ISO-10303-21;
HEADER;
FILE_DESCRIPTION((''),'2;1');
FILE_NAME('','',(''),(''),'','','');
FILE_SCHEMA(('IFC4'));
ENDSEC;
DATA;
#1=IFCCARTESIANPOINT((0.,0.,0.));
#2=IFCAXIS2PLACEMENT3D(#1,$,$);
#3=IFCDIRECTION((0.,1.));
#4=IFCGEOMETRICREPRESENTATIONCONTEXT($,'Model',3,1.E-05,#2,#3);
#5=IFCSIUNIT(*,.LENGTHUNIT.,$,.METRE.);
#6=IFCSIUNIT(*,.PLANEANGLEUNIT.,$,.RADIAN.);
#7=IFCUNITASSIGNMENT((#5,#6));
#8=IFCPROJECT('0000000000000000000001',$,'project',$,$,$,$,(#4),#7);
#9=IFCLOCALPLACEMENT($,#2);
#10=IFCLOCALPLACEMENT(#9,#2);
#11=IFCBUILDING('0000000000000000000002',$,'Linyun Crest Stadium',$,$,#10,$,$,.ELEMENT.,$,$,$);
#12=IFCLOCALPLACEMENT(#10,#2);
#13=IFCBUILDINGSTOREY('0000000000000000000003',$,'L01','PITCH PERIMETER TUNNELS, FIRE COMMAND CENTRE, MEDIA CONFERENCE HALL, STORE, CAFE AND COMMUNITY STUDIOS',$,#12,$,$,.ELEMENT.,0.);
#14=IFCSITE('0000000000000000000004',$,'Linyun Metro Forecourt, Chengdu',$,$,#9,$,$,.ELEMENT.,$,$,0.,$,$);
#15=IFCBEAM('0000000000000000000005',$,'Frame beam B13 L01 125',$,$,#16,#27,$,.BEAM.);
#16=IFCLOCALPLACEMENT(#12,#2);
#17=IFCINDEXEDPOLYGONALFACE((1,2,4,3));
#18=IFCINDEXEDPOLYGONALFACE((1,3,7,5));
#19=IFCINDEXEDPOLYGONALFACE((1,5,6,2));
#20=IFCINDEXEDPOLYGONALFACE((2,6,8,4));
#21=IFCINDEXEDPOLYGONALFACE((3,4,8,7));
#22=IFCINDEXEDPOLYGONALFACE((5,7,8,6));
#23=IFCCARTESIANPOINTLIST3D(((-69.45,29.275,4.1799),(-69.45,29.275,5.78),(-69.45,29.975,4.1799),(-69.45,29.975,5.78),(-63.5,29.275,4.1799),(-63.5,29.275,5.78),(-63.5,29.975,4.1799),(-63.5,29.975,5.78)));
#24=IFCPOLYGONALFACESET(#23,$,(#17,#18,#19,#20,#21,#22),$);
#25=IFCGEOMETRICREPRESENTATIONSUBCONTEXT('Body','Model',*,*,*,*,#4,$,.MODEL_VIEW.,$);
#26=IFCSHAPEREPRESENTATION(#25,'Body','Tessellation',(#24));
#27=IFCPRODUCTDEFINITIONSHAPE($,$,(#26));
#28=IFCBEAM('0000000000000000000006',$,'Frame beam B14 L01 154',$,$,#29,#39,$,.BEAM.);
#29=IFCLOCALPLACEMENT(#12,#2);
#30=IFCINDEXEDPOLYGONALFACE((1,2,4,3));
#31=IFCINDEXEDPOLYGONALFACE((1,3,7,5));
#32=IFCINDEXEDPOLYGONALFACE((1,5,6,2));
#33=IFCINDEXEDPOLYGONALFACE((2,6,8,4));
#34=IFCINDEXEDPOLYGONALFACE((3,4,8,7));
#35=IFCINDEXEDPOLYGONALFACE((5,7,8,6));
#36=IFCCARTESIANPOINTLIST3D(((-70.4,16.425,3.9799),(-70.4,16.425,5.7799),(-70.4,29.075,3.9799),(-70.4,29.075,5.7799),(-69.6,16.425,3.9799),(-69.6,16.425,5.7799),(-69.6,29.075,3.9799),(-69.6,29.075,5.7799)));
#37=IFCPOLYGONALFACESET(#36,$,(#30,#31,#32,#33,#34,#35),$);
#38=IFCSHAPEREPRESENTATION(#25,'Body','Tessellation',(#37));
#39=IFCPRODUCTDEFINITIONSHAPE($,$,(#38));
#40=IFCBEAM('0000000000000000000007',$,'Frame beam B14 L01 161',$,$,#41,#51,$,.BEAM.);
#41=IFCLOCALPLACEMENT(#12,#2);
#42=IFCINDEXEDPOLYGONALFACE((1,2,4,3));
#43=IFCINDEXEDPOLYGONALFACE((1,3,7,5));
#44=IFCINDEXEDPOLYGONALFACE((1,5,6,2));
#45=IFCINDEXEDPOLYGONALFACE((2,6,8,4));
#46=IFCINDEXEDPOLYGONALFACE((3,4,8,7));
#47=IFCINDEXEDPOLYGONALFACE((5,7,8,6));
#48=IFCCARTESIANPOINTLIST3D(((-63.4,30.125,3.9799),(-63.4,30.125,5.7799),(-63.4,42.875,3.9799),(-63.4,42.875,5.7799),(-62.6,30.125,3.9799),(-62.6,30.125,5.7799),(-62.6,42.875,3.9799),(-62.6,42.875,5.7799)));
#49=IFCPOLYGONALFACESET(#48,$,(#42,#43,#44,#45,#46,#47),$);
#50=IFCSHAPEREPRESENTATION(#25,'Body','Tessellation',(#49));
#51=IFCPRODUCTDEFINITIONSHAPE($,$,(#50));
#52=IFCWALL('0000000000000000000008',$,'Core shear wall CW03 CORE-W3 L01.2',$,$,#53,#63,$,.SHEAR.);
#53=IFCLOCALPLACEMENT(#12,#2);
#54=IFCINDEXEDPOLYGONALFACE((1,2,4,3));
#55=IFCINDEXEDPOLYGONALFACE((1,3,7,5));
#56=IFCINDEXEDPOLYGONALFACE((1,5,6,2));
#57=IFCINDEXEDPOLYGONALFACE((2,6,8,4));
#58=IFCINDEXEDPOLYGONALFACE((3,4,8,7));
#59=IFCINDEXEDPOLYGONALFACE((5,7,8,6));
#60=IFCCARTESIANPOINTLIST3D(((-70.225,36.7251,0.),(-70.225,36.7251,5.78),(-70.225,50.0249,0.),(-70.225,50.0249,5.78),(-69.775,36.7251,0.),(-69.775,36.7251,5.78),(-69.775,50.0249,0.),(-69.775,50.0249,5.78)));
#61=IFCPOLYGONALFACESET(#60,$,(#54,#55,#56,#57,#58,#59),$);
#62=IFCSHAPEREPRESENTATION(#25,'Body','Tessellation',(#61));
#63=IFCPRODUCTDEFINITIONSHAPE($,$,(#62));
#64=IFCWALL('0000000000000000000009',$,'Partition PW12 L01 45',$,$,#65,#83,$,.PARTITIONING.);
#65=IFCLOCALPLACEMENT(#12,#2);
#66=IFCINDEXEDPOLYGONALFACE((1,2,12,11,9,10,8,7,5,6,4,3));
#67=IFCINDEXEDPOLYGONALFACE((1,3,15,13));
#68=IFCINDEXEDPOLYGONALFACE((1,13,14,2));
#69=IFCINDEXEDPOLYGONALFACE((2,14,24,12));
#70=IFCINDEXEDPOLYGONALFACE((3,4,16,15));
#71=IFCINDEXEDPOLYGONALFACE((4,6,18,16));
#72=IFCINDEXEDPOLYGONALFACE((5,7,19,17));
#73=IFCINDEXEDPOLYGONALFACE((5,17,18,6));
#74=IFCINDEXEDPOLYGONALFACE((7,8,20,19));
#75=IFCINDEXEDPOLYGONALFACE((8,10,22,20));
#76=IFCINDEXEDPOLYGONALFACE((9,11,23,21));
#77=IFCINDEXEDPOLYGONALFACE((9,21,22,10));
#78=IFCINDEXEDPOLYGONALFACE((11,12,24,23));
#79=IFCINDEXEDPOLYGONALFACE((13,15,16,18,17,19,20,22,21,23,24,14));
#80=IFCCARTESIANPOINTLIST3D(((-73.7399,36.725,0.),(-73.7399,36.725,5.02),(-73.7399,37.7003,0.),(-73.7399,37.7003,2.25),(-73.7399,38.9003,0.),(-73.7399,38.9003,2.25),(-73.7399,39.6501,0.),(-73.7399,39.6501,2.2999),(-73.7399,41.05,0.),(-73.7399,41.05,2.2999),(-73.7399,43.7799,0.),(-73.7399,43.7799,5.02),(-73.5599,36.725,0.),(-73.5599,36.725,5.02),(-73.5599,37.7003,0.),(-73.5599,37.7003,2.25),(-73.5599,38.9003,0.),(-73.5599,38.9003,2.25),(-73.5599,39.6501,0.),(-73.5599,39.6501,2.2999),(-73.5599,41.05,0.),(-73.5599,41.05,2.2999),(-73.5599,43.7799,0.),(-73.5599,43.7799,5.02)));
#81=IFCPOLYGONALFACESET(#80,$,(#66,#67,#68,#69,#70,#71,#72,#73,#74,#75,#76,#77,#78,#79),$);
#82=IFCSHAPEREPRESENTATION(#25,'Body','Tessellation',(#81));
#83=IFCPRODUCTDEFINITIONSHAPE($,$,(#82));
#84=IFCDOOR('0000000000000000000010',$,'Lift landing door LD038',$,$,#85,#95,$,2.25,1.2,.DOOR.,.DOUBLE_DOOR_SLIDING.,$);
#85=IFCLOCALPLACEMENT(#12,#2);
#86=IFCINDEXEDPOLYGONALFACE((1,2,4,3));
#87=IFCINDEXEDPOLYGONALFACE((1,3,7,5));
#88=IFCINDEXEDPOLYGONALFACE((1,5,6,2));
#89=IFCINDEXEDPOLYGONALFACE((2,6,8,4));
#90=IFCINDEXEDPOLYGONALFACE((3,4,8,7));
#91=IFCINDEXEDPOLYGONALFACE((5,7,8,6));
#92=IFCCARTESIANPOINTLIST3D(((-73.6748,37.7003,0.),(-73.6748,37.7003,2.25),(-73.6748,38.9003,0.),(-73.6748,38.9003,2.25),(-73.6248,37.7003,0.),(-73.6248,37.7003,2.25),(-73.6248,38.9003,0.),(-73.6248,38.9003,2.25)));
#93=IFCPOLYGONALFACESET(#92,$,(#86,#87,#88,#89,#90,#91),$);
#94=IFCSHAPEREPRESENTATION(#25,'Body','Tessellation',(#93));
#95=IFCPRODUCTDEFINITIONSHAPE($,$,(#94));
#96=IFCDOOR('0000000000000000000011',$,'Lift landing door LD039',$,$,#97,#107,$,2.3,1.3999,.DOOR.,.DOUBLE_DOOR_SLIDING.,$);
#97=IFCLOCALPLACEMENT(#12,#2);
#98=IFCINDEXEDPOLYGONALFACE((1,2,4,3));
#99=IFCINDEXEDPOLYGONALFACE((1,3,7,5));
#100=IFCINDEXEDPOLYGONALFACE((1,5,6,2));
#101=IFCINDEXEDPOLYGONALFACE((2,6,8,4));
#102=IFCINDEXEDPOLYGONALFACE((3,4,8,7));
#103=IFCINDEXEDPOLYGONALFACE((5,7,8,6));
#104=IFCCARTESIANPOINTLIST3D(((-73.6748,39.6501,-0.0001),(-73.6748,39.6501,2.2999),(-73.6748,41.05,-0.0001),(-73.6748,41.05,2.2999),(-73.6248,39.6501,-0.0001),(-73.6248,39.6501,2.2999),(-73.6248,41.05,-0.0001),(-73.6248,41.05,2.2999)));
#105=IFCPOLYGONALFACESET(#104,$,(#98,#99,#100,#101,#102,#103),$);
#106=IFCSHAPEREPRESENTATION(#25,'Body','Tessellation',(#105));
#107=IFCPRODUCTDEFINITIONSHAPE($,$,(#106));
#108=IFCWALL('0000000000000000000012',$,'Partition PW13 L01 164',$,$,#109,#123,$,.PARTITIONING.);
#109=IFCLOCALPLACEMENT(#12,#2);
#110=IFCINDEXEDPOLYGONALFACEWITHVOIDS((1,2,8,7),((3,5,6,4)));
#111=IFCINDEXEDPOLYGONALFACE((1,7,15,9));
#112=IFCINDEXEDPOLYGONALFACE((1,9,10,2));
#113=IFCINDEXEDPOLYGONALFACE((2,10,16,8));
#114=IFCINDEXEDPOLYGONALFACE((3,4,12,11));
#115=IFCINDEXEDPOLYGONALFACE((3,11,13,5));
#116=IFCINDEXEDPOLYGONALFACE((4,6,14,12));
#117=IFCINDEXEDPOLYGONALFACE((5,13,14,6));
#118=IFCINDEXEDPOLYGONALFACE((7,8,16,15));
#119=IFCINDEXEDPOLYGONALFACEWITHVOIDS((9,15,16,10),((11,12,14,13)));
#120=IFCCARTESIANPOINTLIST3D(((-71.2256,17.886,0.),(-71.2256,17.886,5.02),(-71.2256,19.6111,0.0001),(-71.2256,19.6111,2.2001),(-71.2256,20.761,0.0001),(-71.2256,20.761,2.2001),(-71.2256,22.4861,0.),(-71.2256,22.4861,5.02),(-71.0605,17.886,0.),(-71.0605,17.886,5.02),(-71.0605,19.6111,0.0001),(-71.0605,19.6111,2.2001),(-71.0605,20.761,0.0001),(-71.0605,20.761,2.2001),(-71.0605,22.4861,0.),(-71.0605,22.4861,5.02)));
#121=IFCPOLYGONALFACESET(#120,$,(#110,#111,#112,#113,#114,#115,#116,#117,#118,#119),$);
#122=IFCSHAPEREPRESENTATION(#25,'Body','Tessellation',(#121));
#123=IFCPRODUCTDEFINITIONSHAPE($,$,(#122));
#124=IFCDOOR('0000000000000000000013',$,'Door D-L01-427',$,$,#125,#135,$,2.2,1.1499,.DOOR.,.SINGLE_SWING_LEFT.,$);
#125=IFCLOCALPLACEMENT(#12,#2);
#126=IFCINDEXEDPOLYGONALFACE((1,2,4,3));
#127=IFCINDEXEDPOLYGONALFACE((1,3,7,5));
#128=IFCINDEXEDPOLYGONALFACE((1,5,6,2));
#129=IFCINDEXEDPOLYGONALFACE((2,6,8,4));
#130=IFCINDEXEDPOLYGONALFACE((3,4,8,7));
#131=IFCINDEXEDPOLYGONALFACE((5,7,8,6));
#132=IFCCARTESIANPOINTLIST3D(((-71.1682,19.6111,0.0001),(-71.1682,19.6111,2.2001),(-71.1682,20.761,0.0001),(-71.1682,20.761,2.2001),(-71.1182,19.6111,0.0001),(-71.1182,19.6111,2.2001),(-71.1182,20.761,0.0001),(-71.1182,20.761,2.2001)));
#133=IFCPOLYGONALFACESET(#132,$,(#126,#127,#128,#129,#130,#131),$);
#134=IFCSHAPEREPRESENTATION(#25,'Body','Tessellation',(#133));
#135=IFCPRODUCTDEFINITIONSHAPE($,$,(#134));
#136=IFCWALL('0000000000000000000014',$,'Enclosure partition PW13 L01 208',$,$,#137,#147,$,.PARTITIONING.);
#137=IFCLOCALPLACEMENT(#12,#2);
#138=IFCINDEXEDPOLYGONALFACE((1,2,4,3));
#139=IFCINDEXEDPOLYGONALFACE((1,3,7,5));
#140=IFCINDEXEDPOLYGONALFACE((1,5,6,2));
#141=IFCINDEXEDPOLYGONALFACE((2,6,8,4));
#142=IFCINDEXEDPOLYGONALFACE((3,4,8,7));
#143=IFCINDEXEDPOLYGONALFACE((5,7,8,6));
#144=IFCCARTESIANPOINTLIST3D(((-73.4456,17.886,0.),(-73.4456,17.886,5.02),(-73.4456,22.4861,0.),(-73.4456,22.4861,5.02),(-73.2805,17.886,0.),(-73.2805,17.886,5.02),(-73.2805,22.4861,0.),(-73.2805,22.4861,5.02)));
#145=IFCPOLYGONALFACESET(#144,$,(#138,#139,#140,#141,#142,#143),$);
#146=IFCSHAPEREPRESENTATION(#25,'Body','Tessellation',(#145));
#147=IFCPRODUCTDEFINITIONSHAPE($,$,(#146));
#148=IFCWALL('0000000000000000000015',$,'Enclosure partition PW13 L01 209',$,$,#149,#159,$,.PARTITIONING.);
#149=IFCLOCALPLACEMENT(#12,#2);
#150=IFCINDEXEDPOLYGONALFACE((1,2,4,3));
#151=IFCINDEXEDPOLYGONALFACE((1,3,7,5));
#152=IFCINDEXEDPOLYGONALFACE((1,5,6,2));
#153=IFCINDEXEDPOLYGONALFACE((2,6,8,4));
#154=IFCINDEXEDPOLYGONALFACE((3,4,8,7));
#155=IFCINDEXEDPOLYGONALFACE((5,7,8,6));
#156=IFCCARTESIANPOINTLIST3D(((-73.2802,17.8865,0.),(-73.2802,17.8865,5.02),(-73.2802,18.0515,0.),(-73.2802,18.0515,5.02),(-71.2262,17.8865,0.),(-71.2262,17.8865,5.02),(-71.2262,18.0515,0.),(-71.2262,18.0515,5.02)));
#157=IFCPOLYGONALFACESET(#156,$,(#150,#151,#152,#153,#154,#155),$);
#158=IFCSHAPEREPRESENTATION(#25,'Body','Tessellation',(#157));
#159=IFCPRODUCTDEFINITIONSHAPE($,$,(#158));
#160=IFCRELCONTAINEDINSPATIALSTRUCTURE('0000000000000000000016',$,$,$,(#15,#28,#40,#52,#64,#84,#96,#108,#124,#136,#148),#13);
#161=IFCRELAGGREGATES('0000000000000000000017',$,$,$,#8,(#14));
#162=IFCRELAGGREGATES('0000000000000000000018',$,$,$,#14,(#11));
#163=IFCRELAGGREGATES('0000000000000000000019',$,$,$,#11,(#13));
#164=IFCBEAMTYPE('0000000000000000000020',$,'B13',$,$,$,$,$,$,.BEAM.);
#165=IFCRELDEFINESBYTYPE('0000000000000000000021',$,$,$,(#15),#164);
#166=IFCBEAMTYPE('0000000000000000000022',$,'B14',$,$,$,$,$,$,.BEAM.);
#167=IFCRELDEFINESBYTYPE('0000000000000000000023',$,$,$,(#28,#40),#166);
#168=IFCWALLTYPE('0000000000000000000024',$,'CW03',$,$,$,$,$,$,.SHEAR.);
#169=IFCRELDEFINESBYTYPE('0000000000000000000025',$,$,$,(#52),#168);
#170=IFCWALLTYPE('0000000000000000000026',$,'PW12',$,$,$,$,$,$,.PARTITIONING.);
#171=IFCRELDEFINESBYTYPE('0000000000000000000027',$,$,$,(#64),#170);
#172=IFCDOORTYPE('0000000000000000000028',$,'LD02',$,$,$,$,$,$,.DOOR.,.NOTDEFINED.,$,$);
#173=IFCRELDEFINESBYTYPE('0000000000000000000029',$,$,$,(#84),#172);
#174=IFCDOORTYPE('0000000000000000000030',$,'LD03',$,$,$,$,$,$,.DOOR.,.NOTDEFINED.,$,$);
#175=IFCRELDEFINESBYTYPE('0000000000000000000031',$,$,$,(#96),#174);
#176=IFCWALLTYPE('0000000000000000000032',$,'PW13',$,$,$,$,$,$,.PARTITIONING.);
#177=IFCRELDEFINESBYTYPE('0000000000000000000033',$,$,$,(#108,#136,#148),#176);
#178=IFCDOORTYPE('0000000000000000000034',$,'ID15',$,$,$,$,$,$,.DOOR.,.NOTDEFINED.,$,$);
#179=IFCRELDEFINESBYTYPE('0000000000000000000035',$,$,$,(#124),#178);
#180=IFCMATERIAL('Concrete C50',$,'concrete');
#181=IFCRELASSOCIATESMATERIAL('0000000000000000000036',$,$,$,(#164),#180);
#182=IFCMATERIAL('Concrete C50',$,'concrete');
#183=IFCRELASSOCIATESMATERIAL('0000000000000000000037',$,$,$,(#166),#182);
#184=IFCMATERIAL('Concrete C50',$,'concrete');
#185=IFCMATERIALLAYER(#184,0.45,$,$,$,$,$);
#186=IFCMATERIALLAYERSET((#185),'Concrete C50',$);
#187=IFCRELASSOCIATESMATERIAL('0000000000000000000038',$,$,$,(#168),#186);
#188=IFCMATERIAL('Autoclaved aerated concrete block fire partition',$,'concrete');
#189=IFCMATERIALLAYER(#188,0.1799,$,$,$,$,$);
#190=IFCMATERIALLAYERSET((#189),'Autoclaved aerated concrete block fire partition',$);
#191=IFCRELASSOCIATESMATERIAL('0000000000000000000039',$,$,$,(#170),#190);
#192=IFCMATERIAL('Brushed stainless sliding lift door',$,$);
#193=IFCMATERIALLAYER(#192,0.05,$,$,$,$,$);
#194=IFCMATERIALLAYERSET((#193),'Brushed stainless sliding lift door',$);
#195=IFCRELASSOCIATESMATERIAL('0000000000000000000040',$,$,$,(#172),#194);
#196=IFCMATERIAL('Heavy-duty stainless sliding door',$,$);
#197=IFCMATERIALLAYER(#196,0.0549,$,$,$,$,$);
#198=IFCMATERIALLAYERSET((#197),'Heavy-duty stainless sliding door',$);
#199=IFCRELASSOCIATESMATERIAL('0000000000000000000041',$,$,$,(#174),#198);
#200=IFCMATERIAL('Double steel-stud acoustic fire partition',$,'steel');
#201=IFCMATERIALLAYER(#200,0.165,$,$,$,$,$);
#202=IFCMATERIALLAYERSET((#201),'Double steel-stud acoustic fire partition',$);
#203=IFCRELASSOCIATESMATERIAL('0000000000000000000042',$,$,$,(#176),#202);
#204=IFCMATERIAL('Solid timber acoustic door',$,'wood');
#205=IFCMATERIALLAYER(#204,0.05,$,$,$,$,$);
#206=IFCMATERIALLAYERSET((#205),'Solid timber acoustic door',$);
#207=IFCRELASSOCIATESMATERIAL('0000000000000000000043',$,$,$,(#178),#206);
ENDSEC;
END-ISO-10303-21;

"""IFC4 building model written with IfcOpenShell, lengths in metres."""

from ifc_helpers import new_model, si_unit, direction, frame, frame_2d, origin, origin_2d, place, context, subcontext, project, spatial, rectangle, extrude, material, layer, layer_set, material_profile, profile_set, type_object, element, fill, save


model = new_model("IFC4")

# Units and contexts
model_context = context("Model", 3, precision=1e-05, world=origin(), true_north=direction((0.0, 1.0)))
body_context = subcontext(model_context, "Body", "Model", "MODEL_VIEW")
ifc_project = project(units=[si_unit("LENGTHUNIT", "METRE"), si_unit("PLANEANGLEUNIT", "RADIAN")], contexts=[model_context])

# Site, building, storey
site_placement = place(None, origin())
site = spatial("IfcSite", under=ifc_project, at=site_placement, Name="Linyun Metro Forecourt, Chengdu", CompositionType="ELEMENT", RefElevation=0.0)
building_placement = place(site_placement, origin())
building = spatial("IfcBuilding", under=site, at=building_placement, Name="Linyun Crest Stadium", CompositionType="ELEMENT")
storey_placement = place(building_placement, origin())
storey = spatial("IfcBuildingStorey", under=building, at=storey_placement, Name="L01", Description="PITCH PERIMETER TUNNELS, FIRE COMMAND CENTRE, MEDIA CONFERENCE HALL, STORE, CAFE AND COMMUNITY STUDIOS", CompositionType="ELEMENT", Elevation=0.0)

# Beams
ifc_material_1 = material(Name="Concrete C50", Category="concrete")
ifc_material_profile_1 = material_profile(ifc_material_1, rectangle(XDim=0.7, YDim=1.6001, at=origin_2d()), Name="RCB 1600x700")
ifc_profile_set_1 = profile_set([ifc_material_profile_1], Name="Concrete C50")
beam_type_1 = type_object("IfcBeamType", Name="B13", PredefinedType="BEAM", material=ifc_profile_set_1)
beam_1_placement = place(storey_placement, frame((-69.45, 29.625, 4.98), z_axis=(1.0, 0.0, 0.0), x_axis=(0.0, 1.0, 0.0)))
element("IfcBeam", 1, at=beam_1_placement, inside=storey, type_object=beam_type_1, Name="Frame beam B13 L01 125", PredefinedType="BEAM", context=body_context, shape_type="SweptSolid", body=[
    extrude(rectangle(XDim=0.7, YDim=1.6001, at=origin_2d()), origin(), (0.0, 0.0, 1.0), 5.95),
])
ifc_material_2 = material(Name="Concrete C50", Category="concrete")
ifc_material_profile_2 = material_profile(ifc_material_2, rectangle(XDim=0.8, YDim=1.8, at=origin_2d()), Name="RCB 1800x800")
ifc_profile_set_2 = profile_set([ifc_material_profile_2], Name="Concrete C50")
beam_type_2 = type_object("IfcBeamType", Name="B14", PredefinedType="BEAM", material=ifc_profile_set_2)
beam_2_placement = place(storey_placement, frame((-70.0, 16.425, 4.8799), z_axis=(0.0, 1.0, 0.0), x_axis=(-1.0, 0.0, 0.0)))
element("IfcBeam", 2, at=beam_2_placement, inside=storey, type_object=beam_type_2, Name="Frame beam B14 L01 154", PredefinedType="BEAM", context=body_context, shape_type="SweptSolid", body=[
    extrude(rectangle(XDim=0.8, YDim=1.8, at=origin_2d()), origin(), (0.0, 0.0, 1.0), 12.6499),
])
beam_3_placement = place(storey_placement, frame((-63.0, 30.125, 4.8799), z_axis=(0.0, 1.0, 0.0), x_axis=(-1.0, 0.0, 0.0)))
element("IfcBeam", 3, at=beam_3_placement, inside=storey, type_object=beam_type_2, Name="Frame beam B14 L01 161", PredefinedType="BEAM", context=body_context, shape_type="SweptSolid", body=[
    extrude(rectangle(XDim=0.8, YDim=1.8, at=origin_2d()), origin(), (0.0, 0.0, 1.0), 12.75),
])

# Wall
ifc_material_3 = material(Name="Concrete C50", Category="concrete")
ifc_layer_1 = layer(ifc_material_3, 0.45)
ifc_layer_set_1 = layer_set([ifc_layer_1], Name="Concrete C50")
wall_type_1 = type_object("IfcWallType", Name="CW03", PredefinedType="SHEAR", material=ifc_layer_set_1)
wall_1_placement = place(storey_placement, frame((-70.0, 36.7251, 0.0), z_axis=(0.0, 0.0, 1.0), x_axis=(0.0, 1.0, 0.0)))
element("IfcWall", 4, at=wall_1_placement, inside=storey, type_object=wall_type_1, Name="Core shear wall CW03 CORE-W3 L01.2", PredefinedType="SHEAR", context=body_context, shape_type="SweptSolid", body=[
    extrude(rectangle(XDim=13.2998, YDim=0.45, at=frame_2d((6.6499, 0.0))), origin(), (0.0, 0.0, 1.0), 5.78),
])

# Wall, openings, doors
ifc_material_4 = material(Name="Autoclaved aerated concrete block fire partition", Category="concrete")
ifc_layer_2 = layer(ifc_material_4, 0.1799)
ifc_layer_set_2 = layer_set([ifc_layer_2], Name="Autoclaved aerated concrete block fire partition")
wall_type_2 = type_object("IfcWallType", Name="PW12", PredefinedType="PARTITIONING", material=ifc_layer_set_2)
wall_2_placement = place(storey_placement, frame((-73.6499, 36.7251, 0.0), z_axis=(0.0, 0.0, 1.0), x_axis=(0.0, 1.0, 0.0)))
wall_2 = element("IfcWall", 5, at=wall_2_placement, inside=storey, type_object=wall_type_2, Name="Partition PW12 L01 45", PredefinedType="PARTITIONING", context=body_context, shape_type="SweptSolid", body=[
    extrude(rectangle(XDim=7.0549, YDim=0.1799, at=frame_2d((3.5273, 0.0))), origin(), (0.0, 0.0, 1.0), 5.02),
])
opening_1_placement = place(wall_2_placement, frame((0.9751, 0.0, 0.0)))
opening_1 = element("IfcOpeningElement", 6, at=opening_1_placement, cuts=wall_2, PredefinedType="OPENING", context=body_context, shape_type="SweptSolid", body=[
    extrude(rectangle(XDim=1.2, YDim=2.25, at=frame_2d((0.6001, 1.125))), frame((0.0, 0.0999, 0.0), z_axis=(0.0, -1.0, 0.0), x_axis=(1.0, 0.0, 0.0)), (0.0, 0.0, 1.0), 0.2),
])
opening_2_placement = place(wall_2_placement, frame((2.925, 0.0, 0.0)))
opening_2 = element("IfcOpeningElement", 7, at=opening_2_placement, cuts=wall_2, PredefinedType="OPENING", context=body_context, shape_type="SweptSolid", body=[
    extrude(rectangle(XDim=1.3999, YDim=2.3, at=frame_2d((0.7, 1.1499))), frame((0.0, 0.0999, 0.0), z_axis=(0.0, -1.0, 0.0), x_axis=(1.0, 0.0, 0.0)), (0.0, 0.0, 1.0), 0.2),
])
ifc_material_5 = material(Name="Brushed stainless sliding lift door")
ifc_layer_3 = layer(ifc_material_5, 0.05)
ifc_layer_set_3 = layer_set([ifc_layer_3], Name="Brushed stainless sliding lift door")
door_type_1 = type_object("IfcDoorType", Name="LD02", OperationType="NOTDEFINED", PredefinedType="DOOR", material=ifc_layer_set_3)
door_1_placement = place(opening_1_placement, origin())
door_1 = element("IfcDoor", 8, at=door_1_placement, inside=storey, type_object=door_type_1, Name="Lift landing door LD038", OperationType="DOUBLE_DOOR_SLIDING", OverallHeight=2.25, OverallWidth=1.2, PredefinedType="DOOR", context=body_context, shape_type="SweptSolid", body=[
    extrude(rectangle(XDim=1.2, YDim=2.25, at=frame_2d((0.6001, 1.125))), frame((0.0, 0.0249, 0.0), z_axis=(0.0, -1.0, 0.0), x_axis=(1.0, 0.0, 0.0)), (0.0, 0.0, 1.0), 0.05),
])
fill(opening_1, door_1)
ifc_material_6 = material(Name="Heavy-duty stainless sliding door")
ifc_layer_4 = layer(ifc_material_6, 0.0549)
ifc_layer_set_4 = layer_set([ifc_layer_4], Name="Heavy-duty stainless sliding door")
door_type_2 = type_object("IfcDoorType", Name="LD03", OperationType="NOTDEFINED", PredefinedType="DOOR", material=ifc_layer_set_4)
door_2_placement = place(opening_2_placement, origin())
door_2 = element("IfcDoor", 9, at=door_2_placement, inside=storey, type_object=door_type_2, Name="Lift landing door LD039", OperationType="DOUBLE_DOOR_SLIDING", OverallHeight=2.3, OverallWidth=1.3999, PredefinedType="DOOR", context=body_context, shape_type="SweptSolid", body=[
    extrude(rectangle(XDim=1.3999, YDim=2.3, at=frame_2d((0.7, 1.1499))), frame((0.0, 0.0249, 0.0), z_axis=(0.0, -1.0, 0.0), x_axis=(1.0, 0.0, 0.0)), (0.0, 0.0, 1.0), 0.05),
])
fill(opening_2, door_2)

# Wall, opening, door
ifc_material_7 = material(Name="Double steel-stud acoustic fire partition", Category="steel")
ifc_layer_5 = layer(ifc_material_7, 0.165)
ifc_layer_set_5 = layer_set([ifc_layer_5], Name="Double steel-stud acoustic fire partition")
wall_type_3 = type_object("IfcWallType", Name="PW13", PredefinedType="PARTITIONING", material=ifc_layer_set_5)
wall_3_placement = place(storey_placement, frame((-71.1431, 22.4861, 0.0), z_axis=(0.0, 0.0, 1.0), x_axis=(0.0, -1.0, 0.0)))
wall_3 = element("IfcWall", 10, at=wall_3_placement, inside=storey, type_object=wall_type_3, Name="Partition PW13 L01 164", PredefinedType="PARTITIONING", context=body_context, shape_type="SweptSolid", body=[
    extrude(rectangle(XDim=4.6001, YDim=0.165, at=frame_2d((2.3, 0.0))), origin(), (0.0, 0.0, 1.0), 5.02),
])
opening_3_placement = place(wall_3_placement, frame((1.7251, 0.0, 0.0)))
opening_3 = element("IfcOpeningElement", 11, at=opening_3_placement, cuts=wall_3, PredefinedType="OPENING", context=body_context, shape_type="SweptSolid", body=[
    extrude(rectangle(XDim=1.1499, YDim=2.2, at=frame_2d((0.575, 1.1001))), frame((0.0, 0.0925, 0.0), z_axis=(0.0, -1.0, 0.0), x_axis=(1.0, 0.0, 0.0)), (0.0, 0.0, 1.0), 0.1851),
])
ifc_material_8 = material(Name="Solid timber acoustic door", Category="wood")
ifc_layer_6 = layer(ifc_material_8, 0.05)
ifc_layer_set_6 = layer_set([ifc_layer_6], Name="Solid timber acoustic door")
door_type_3 = type_object("IfcDoorType", Name="ID15", OperationType="NOTDEFINED", PredefinedType="DOOR", material=ifc_layer_set_6)
door_3_placement = place(opening_3_placement, origin())
door_3 = element("IfcDoor", 12, at=door_3_placement, inside=storey, type_object=door_type_3, Name="Door D-L01-427", OperationType="SINGLE_SWING_LEFT", OverallHeight=2.2, OverallWidth=1.1499, PredefinedType="DOOR", context=body_context, shape_type="SweptSolid", body=[
    extrude(rectangle(XDim=1.1499, YDim=2.2, at=frame_2d((0.575, 1.1001))), frame((0.0, 0.0249, 0.0), z_axis=(0.0, -1.0, 0.0), x_axis=(1.0, 0.0, 0.0)), (0.0, 0.0, 1.0), 0.05),
])
fill(opening_3, door_3)

# Walls
wall_4_placement = place(storey_placement, frame((-73.363, 17.886, 0.0), z_axis=(0.0, 0.0, 1.0), x_axis=(0.0, 1.0, 0.0)))
element("IfcWall", 13, at=wall_4_placement, inside=storey, type_object=wall_type_3, Name="Enclosure partition PW13 L01 208", PredefinedType="PARTITIONING", context=body_context, shape_type="SweptSolid", body=[
    extrude(rectangle(XDim=4.6001, YDim=0.165, at=frame_2d((2.3, 0.0))), origin(), (0.0, 0.0, 1.0), 5.02),
])
for number, where, z_axis, x_axis, name in (
    (14, (-73.28, 17.969, 0.0), (0.0, 0.0, 1.0), (1.0, 0.0, 0.0), "Enclosure partition PW13 L01 209"),
):
    element("IfcWall", number, at=place(storey_placement, frame(where, z_axis=z_axis, x_axis=x_axis)), inside=storey, type_object=wall_type_3, Name=name, PredefinedType="PARTITIONING", context=body_context, shape_type="SweptSolid", body=[
        extrude(rectangle(XDim=2.054, YDim=0.165, at=frame_2d((1.0269, 0.0))), origin(), (0.0, 0.0, 1.0), 5.02),
    ])

save(model, "model.ifc")
